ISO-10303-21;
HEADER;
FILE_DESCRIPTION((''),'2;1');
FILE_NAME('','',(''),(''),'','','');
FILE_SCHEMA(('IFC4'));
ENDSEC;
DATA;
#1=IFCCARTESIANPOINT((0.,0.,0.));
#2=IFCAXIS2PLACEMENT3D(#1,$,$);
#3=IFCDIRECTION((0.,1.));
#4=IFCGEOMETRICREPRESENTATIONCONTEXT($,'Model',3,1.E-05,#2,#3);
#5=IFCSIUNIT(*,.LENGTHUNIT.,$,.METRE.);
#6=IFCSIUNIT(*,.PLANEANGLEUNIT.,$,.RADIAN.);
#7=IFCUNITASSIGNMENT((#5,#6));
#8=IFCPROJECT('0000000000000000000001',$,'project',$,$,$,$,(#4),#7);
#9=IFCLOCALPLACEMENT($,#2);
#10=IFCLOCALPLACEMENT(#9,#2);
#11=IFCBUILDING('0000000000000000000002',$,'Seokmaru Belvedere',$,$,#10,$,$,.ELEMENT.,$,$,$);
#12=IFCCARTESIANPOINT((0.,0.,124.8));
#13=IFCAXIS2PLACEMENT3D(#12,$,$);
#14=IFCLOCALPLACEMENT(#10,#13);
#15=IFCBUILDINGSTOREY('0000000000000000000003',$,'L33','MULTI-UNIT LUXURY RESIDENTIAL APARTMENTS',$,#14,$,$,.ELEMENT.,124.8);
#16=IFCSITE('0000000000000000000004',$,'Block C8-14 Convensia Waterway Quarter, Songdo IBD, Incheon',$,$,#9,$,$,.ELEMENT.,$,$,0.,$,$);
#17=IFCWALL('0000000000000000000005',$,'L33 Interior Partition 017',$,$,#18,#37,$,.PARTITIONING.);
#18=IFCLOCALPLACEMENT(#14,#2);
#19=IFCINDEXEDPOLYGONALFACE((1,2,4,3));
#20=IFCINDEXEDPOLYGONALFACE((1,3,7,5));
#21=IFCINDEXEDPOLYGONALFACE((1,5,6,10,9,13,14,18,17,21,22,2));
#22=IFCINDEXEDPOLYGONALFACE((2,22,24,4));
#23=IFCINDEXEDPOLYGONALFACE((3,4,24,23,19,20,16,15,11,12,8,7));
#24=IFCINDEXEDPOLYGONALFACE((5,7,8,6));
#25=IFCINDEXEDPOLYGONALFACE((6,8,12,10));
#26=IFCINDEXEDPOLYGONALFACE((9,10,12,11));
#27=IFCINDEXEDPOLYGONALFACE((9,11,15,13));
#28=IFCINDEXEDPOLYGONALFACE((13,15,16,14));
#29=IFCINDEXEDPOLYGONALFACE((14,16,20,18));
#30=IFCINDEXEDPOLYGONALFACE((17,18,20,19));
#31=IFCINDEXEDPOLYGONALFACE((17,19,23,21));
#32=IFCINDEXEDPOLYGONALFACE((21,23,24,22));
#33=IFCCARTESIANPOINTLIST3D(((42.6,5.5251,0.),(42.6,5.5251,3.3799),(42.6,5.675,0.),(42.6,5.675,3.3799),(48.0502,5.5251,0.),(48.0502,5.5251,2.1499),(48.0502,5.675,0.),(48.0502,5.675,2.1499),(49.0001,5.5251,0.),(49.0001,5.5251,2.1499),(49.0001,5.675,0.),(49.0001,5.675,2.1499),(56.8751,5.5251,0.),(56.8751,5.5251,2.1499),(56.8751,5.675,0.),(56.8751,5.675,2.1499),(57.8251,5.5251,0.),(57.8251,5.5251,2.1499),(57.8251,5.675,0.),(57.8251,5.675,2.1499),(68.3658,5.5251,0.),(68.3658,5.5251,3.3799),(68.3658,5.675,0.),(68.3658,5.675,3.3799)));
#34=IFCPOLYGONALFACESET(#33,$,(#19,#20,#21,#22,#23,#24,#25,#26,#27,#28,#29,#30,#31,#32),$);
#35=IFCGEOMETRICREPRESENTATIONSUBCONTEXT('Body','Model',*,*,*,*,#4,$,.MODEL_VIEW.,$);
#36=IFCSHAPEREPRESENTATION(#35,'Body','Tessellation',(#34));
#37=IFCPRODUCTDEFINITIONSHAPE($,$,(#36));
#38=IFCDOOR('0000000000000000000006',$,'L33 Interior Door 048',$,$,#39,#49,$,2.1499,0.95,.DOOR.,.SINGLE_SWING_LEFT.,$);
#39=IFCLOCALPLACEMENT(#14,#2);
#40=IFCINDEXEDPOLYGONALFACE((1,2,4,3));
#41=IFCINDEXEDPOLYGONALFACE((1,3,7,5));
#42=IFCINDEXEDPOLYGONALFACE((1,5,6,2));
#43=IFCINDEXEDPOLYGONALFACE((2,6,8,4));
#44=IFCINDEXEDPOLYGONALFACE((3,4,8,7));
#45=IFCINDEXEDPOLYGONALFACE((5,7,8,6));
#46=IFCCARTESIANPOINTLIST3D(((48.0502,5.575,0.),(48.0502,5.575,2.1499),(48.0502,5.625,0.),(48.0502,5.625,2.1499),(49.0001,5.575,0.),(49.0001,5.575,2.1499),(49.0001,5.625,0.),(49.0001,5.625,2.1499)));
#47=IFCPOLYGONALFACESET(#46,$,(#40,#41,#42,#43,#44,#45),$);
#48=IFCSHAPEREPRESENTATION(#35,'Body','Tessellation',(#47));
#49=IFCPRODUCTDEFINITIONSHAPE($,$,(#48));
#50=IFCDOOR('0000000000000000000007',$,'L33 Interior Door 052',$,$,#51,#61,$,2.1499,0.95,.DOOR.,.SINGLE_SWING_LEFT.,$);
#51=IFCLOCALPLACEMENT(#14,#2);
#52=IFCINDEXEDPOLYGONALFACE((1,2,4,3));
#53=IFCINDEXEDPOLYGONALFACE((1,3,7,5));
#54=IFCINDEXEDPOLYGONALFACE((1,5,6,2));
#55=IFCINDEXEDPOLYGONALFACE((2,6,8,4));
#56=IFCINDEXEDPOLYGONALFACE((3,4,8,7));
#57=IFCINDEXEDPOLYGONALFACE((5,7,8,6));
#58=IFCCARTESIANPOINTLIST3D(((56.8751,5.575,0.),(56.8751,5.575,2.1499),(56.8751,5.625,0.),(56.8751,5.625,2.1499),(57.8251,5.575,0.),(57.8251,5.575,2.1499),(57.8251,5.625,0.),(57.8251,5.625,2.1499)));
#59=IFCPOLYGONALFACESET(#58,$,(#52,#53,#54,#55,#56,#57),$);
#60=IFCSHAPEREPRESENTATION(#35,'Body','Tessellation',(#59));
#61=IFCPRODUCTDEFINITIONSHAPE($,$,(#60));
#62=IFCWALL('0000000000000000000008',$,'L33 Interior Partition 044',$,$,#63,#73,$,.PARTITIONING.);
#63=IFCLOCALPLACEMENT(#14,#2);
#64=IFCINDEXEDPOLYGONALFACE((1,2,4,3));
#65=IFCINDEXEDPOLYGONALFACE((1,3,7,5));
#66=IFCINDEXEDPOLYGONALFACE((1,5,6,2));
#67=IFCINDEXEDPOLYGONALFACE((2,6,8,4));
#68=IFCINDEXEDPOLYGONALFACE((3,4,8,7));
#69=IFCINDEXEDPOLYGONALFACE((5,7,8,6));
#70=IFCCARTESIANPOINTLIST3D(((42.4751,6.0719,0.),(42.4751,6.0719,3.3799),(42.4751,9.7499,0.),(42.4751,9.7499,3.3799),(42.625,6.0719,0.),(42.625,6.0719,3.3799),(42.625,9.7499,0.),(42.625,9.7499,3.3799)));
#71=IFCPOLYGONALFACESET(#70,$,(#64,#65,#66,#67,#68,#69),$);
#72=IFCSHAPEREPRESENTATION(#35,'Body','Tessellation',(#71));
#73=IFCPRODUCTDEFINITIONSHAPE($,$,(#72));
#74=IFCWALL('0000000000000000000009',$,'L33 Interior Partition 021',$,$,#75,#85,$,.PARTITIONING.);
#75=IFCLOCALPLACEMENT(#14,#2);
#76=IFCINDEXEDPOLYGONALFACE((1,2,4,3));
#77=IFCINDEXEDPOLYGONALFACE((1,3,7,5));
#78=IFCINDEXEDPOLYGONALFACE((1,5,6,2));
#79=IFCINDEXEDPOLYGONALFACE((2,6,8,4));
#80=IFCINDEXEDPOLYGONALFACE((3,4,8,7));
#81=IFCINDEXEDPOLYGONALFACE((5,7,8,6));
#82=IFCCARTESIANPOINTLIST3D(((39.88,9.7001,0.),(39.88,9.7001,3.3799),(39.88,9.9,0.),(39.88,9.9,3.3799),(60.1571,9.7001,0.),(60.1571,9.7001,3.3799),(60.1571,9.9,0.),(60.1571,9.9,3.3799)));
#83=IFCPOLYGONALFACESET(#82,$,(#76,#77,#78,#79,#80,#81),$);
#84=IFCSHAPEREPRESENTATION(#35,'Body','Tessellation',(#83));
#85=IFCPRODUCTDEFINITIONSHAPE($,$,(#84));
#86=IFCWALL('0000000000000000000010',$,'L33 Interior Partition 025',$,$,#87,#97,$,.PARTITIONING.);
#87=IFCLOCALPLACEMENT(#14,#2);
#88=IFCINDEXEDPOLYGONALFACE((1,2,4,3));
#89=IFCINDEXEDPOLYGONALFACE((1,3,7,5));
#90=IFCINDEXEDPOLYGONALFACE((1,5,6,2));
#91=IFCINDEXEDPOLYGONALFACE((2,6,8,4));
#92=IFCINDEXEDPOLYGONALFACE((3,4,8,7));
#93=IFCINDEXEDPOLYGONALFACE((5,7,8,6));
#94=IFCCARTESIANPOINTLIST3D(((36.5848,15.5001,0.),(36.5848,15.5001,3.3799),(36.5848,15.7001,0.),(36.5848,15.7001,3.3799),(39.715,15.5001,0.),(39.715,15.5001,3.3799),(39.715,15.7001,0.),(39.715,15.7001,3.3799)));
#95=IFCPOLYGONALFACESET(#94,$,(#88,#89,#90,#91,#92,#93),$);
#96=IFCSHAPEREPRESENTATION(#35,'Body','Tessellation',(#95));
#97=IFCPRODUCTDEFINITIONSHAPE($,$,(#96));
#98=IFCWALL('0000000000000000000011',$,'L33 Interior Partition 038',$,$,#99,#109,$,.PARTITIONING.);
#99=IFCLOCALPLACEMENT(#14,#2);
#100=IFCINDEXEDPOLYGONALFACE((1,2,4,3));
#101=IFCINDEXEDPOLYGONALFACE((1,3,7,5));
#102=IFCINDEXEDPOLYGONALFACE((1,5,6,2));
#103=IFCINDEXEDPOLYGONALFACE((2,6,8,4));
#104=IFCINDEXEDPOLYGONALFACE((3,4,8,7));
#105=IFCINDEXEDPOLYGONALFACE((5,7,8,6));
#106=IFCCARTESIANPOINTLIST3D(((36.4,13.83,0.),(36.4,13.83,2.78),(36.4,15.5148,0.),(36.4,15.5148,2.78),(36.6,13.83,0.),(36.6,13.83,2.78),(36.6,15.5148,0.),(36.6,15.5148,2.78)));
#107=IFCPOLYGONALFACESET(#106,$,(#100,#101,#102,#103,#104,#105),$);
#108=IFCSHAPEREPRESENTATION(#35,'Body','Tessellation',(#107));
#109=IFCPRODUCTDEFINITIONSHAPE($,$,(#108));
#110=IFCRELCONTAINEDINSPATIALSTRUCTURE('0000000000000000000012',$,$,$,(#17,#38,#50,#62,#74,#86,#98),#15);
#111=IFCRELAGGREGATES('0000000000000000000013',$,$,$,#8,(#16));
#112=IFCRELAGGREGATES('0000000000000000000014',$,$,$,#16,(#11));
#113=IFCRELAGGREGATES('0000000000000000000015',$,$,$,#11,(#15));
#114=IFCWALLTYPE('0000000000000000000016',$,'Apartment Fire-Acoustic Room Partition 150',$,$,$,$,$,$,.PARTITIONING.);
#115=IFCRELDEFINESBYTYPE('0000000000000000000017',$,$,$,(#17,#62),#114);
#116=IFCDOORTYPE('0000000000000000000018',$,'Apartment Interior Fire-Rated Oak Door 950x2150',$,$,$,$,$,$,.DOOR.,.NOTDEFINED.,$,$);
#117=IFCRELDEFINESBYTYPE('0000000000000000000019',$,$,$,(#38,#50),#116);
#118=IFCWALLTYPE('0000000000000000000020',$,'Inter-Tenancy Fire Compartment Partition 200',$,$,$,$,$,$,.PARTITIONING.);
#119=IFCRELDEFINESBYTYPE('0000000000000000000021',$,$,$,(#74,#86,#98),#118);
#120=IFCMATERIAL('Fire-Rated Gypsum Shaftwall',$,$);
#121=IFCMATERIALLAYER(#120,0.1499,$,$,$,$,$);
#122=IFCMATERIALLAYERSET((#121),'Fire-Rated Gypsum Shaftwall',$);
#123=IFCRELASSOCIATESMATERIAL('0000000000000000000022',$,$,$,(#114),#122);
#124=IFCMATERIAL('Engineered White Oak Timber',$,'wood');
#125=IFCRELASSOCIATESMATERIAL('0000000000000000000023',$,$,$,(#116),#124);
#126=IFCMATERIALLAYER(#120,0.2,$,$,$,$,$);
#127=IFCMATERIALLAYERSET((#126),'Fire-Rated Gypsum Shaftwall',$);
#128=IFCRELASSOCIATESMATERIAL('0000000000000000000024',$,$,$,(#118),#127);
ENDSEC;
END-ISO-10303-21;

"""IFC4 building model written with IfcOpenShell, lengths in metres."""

from ifc_helpers import new_model, si_unit, direction, frame, frame_2d, origin, place, context, subcontext, project, spatial, rectangle, extrude, source, transform, mapped, material, layer, layer_set, type_object, type_shapes, element, fill, save


model = new_model("IFC4")

# Units and contexts
model_context = context("Model", 3, precision=1e-05, world=origin(), true_north=direction((0.0, 1.0)))
body_context = subcontext(model_context, "Body", "Model", "MODEL_VIEW")
ifc_project = project(units=[si_unit("LENGTHUNIT", "METRE"), si_unit("PLANEANGLEUNIT", "RADIAN")], contexts=[model_context])

# Site, building, storey
site_placement = place(None, origin())
site = spatial("IfcSite", under=ifc_project, at=site_placement, Name="Block C8-14 Convensia Waterway Quarter, Songdo IBD, Incheon", CompositionType="ELEMENT", RefElevation=0.0)
building_placement = place(site_placement, origin())
building = spatial("IfcBuilding", under=site, at=building_placement, Name="Seokmaru Belvedere", CompositionType="ELEMENT")
storey_placement = place(building_placement, frame((0.0, 0.0, 124.8)))
storey = spatial("IfcBuildingStorey", under=building, at=storey_placement, Name="L33", Description="MULTI-UNIT LUXURY RESIDENTIAL APARTMENTS", CompositionType="ELEMENT", Elevation=124.8)

# Wall, openings, doors
ifc_material_1 = material(Name="Fire-Rated Gypsum Shaftwall")
ifc_layer_1 = layer(ifc_material_1, 0.1499)
ifc_layer_set_1 = layer_set([ifc_layer_1], Name="Fire-Rated Gypsum Shaftwall")
wall_type_1 = type_object("IfcWallType", Name="Apartment Fire-Acoustic Room Partition 150", PredefinedType="PARTITIONING", material=ifc_layer_set_1)
wall_1_placement = place(storey_placement, frame((42.6001, 5.6001, 0.0), z_axis=(0.0, 0.0, 1.0), x_axis=(1.0, 0.0, 0.0)))
wall_1 = element("IfcWall", 1, at=wall_1_placement, inside=storey, type_object=wall_type_1, Name="L33 Interior Partition 017", PredefinedType="PARTITIONING", context=body_context, shape_type="SweptSolid", body=[
    extrude(rectangle(XDim=25.7659, YDim=0.1499, at=frame_2d((12.8828, 0.0))), origin(), (0.0, 0.0, 1.0), 3.3799),
])
opening_1_placement = place(wall_1_placement, frame((5.45, 0.0, 0.0)))
opening_1 = element("IfcOpeningElement", 2, at=opening_1_placement, cuts=wall_1, PredefinedType="OPENING", context=body_context, shape_type="SweptSolid", body=[
    extrude(rectangle(XDim=0.95, YDim=2.1499, at=frame_2d((0.4751, 1.075))), frame((0.0, 0.085, 0.0), z_axis=(0.0, -1.0, 0.0), x_axis=(1.0, 0.0, 0.0)), (0.0, 0.0, 1.0), 0.1699),
])
opening_2_placement = place(wall_1_placement, frame((14.2749, 0.0, 0.0)))
opening_2 = element("IfcOpeningElement", 3, at=opening_2_placement, cuts=wall_1, PredefinedType="OPENING", context=body_context, shape_type="SweptSolid", body=[
    extrude(rectangle(XDim=0.95, YDim=2.1499, at=frame_2d((0.4751, 1.075))), frame((0.0, 0.085, 0.0), z_axis=(0.0, -1.0, 0.0), x_axis=(1.0, 0.0, 0.0)), (0.0, 0.0, 1.0), 0.1699),
])
ifc_material_2 = material(Name="Engineered White Oak Timber", Category="wood")
door_type_1 = type_object("IfcDoorType", Name="Apartment Interior Fire-Rated Oak Door 950x2150", OperationType="NOTDEFINED", PredefinedType="DOOR", material=ifc_material_2)
shared_shape_1 = source(origin(), body_context, "Body", "SweptSolid", [
    extrude(rectangle(XDim=0.95, YDim=2.1499, at=frame_2d((0.4751, 1.075))), frame((0.0, 0.0249, 0.0), z_axis=(0.0, -1.0, 0.0), x_axis=(1.0, 0.0, 0.0)), (0.0, 0.0, 1.0), 0.05),
])
type_shapes(door_type_1, [shared_shape_1])
door_1_placement = place(opening_1_placement, origin())
door_1 = element("IfcDoor", 4, at=door_1_placement, inside=storey, type_object=door_type_1, Name="L33 Interior Door 048", OperationType="SINGLE_SWING_LEFT", OverallHeight=2.1499, OverallWidth=0.95, PredefinedType="DOOR", context=body_context, shape_type="MappedRepresentation", body=[
    mapped(shared_shape_1, transform((0.0, 0.0, 0.0), scale=1.0)),
])
fill(opening_1, door_1)
door_2_placement = place(opening_2_placement, origin())
door_2 = element("IfcDoor", 5, at=door_2_placement, inside=storey, type_object=door_type_1, Name="L33 Interior Door 052", OperationType="SINGLE_SWING_LEFT", OverallHeight=2.1499, OverallWidth=0.95, PredefinedType="DOOR", context=body_context, shape_type="MappedRepresentation", body=[
    mapped(shared_shape_1, transform((0.0, 0.0, 0.0), scale=1.0)),
])
fill(opening_2, door_2)

# Walls
wall_2_placement = place(storey_placement, frame((42.55, 6.072, 0.0), z_axis=(0.0, 0.0, 1.0), x_axis=(0.0, 1.0, 0.0)))
element("IfcWall", 6, at=wall_2_placement, inside=storey, type_object=wall_type_1, Name="L33 Interior Partition 044", PredefinedType="PARTITIONING", context=body_context, shape_type="SweptSolid", body=[
    extrude(rectangle(XDim=3.678, YDim=0.1499, at=frame_2d((1.8389, 0.0))), origin(), (0.0, 0.0, 1.0), 3.3799),
])
ifc_layer_2 = layer(ifc_material_1, 0.2)
ifc_layer_set_2 = layer_set([ifc_layer_2], Name="Fire-Rated Gypsum Shaftwall")
wall_type_2 = type_object("IfcWallType", Name="Inter-Tenancy Fire Compartment Partition 200", PredefinedType="PARTITIONING", material=ifc_layer_set_2)
wall_3_placement = place(storey_placement, frame((39.8799, 9.8, 0.0), z_axis=(0.0, 0.0, 1.0), x_axis=(1.0, 0.0, 0.0)))
element("IfcWall", 7, at=wall_3_placement, inside=storey, type_object=wall_type_2, Name="L33 Interior Partition 021", PredefinedType="PARTITIONING", context=body_context, shape_type="SweptSolid", body=[
    extrude(rectangle(XDim=20.2771, YDim=0.2, at=frame_2d((10.1387, 0.0))), origin(), (0.0, 0.0, 1.0), 3.3799),
])
wall_4_placement = place(storey_placement, frame((36.585, 15.6001, 0.0), z_axis=(0.0, 0.0, 1.0), x_axis=(1.0, 0.0, 0.0)))
element("IfcWall", 8, at=wall_4_placement, inside=storey, type_object=wall_type_2, Name="L33 Interior Partition 025", PredefinedType="PARTITIONING", context=body_context, shape_type="SweptSolid", body=[
    extrude(rectangle(XDim=3.1301, YDim=0.2, at=frame_2d((1.5649, 0.0))), origin(), (0.0, 0.0, 1.0), 3.3799),
])
wall_5_placement = place(storey_placement, frame((36.5, 13.8301, 0.0), z_axis=(0.0, 0.0, 1.0), x_axis=(0.0, 1.0, 0.0)))
element("IfcWall", 9, at=wall_5_placement, inside=storey, type_object=wall_type_2, Name="L33 Interior Partition 038", PredefinedType="PARTITIONING", context=body_context, shape_type="SweptSolid", body=[
    extrude(rectangle(XDim=1.6848, YDim=0.2, at=frame_2d((0.8423, 0.0))), origin(), (0.0, 0.0, 1.0), 2.78),
])

save(model, "model.ifc")
